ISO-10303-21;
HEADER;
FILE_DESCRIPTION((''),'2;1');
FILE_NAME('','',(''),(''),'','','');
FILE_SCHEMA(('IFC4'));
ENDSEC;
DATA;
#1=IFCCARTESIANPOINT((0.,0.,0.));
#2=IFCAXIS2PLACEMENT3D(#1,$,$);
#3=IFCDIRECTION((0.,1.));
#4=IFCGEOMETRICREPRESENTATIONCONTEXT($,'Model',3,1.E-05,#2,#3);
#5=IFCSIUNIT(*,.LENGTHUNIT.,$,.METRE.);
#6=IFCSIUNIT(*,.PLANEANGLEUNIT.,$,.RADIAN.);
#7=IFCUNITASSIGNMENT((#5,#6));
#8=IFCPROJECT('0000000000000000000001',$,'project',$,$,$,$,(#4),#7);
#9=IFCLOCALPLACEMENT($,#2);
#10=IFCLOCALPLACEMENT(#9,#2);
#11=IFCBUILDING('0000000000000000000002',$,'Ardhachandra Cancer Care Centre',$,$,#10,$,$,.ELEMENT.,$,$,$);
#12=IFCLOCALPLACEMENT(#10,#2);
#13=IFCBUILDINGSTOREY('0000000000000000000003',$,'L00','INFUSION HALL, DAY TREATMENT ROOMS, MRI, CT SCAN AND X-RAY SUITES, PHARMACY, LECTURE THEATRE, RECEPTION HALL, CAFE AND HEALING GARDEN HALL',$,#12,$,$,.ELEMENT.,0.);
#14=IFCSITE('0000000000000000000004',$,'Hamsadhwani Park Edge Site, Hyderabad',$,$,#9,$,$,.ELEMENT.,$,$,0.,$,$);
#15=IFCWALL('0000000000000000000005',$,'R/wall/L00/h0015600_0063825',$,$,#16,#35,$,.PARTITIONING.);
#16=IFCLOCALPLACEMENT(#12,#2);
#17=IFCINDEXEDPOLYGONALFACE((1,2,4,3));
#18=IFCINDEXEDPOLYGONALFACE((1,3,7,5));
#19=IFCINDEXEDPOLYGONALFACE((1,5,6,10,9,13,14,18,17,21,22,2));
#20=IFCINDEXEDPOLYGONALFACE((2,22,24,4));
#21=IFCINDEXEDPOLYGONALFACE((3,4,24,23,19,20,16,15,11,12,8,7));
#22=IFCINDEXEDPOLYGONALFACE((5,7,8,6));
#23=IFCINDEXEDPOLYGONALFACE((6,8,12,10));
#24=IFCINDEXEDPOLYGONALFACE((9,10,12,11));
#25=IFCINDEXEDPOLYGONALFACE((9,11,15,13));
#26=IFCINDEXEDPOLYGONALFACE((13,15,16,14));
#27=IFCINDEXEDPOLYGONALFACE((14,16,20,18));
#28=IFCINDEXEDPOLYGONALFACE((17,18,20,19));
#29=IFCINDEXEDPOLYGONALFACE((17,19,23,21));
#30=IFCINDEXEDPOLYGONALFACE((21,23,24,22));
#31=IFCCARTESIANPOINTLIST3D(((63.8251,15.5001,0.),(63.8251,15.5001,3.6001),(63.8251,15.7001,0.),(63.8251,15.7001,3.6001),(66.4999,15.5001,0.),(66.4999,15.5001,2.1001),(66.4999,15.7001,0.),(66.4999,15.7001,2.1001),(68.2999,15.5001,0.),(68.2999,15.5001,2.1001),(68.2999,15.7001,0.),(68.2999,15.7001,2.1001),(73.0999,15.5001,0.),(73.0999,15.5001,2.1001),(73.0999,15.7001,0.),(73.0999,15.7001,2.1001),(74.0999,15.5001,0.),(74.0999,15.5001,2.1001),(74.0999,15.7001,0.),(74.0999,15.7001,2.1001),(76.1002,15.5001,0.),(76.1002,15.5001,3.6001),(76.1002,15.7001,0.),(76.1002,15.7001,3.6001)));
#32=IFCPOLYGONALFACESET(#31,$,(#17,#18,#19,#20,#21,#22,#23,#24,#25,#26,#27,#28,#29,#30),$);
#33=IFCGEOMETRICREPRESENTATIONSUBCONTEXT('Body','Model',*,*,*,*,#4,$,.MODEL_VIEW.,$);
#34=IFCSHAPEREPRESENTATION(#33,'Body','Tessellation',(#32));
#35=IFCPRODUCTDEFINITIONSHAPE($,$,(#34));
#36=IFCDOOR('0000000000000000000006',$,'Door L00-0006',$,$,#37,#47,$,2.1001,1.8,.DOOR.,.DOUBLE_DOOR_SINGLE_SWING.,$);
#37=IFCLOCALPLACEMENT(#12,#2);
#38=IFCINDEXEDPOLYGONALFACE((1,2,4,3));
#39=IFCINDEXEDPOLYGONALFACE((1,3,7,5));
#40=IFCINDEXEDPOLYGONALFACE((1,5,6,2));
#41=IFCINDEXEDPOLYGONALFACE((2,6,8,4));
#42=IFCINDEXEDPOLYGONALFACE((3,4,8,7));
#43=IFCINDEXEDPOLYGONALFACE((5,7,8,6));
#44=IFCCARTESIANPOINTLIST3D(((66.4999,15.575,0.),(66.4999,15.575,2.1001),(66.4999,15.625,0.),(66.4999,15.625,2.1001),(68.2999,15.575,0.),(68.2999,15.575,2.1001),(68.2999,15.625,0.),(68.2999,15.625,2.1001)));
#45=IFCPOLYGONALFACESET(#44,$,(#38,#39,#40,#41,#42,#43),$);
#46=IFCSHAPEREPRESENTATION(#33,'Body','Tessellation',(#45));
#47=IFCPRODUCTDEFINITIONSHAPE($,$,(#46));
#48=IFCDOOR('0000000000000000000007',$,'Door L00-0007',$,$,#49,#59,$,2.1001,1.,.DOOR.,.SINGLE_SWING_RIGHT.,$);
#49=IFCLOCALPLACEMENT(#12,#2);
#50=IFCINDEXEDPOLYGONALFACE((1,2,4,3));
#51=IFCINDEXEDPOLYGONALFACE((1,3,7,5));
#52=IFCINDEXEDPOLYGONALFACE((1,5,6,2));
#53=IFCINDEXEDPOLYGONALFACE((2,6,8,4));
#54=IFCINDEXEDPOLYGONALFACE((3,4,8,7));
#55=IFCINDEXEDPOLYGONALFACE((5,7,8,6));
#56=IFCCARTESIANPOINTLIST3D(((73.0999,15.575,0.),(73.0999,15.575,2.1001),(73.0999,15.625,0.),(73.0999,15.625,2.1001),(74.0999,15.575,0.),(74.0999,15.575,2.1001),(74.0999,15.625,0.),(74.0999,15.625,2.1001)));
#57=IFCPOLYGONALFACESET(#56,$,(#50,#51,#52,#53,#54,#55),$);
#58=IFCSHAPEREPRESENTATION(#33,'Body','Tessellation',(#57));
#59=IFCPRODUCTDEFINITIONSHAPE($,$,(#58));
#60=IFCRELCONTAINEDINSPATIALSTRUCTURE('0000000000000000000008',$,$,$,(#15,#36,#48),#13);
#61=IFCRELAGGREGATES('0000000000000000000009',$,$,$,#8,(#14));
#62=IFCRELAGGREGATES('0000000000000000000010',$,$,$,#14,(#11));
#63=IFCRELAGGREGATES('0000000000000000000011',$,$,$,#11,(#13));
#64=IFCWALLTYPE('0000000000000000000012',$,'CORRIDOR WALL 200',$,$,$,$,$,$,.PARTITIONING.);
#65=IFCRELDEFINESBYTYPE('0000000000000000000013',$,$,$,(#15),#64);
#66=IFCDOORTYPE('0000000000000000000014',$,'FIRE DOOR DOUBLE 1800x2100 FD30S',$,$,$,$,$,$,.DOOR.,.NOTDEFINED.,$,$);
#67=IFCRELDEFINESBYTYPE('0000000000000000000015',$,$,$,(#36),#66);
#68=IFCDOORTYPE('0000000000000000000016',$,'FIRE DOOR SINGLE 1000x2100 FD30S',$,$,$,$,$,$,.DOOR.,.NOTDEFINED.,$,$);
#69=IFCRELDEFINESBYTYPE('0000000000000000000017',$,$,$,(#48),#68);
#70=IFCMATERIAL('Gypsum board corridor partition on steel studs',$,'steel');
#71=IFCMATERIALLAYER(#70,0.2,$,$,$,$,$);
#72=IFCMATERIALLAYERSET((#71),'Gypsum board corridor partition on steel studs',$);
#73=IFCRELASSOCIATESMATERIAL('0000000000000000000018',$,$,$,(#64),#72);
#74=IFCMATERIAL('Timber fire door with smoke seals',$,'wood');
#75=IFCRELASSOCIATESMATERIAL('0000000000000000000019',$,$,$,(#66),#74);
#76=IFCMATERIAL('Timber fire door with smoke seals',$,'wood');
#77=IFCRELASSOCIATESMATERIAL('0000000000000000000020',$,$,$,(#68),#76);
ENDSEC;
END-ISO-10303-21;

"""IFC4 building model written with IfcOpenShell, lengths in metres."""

from ifc_helpers import new_model, si_unit, direction, frame, frame_2d, origin, place, context, subcontext, project, spatial, rectangle, extrude, material, layer, layer_set, type_object, element, fill, save


model = new_model("IFC4")

# Units and contexts
model_context = context("Model", 3, precision=1e-05, world=origin(), true_north=direction((0.0, 1.0)))
body_context = subcontext(model_context, "Body", "Model", "MODEL_VIEW")
ifc_project = project(units=[si_unit("LENGTHUNIT", "METRE"), si_unit("PLANEANGLEUNIT", "RADIAN")], contexts=[model_context])

# Site, building, storey
site_placement = place(None, origin())
site = spatial("IfcSite", under=ifc_project, at=site_placement, Name="Hamsadhwani Park Edge Site, Hyderabad", CompositionType="ELEMENT", RefElevation=0.0)
building_placement = place(site_placement, origin())
building = spatial("IfcBuilding", under=site, at=building_placement, Name="Ardhachandra Cancer Care Centre", CompositionType="ELEMENT")
storey_placement = place(building_placement, origin())
storey = spatial("IfcBuildingStorey", under=building, at=storey_placement, Name="L00", Description="INFUSION HALL, DAY TREATMENT ROOMS, MRI, CT SCAN AND X-RAY SUITES, PHARMACY, LECTURE THEATRE, RECEPTION HALL, CAFE AND HEALING GARDEN HALL", CompositionType="ELEMENT", Elevation=0.0)

# Wall, openings, doors
ifc_material_1 = material(Name="Gypsum board corridor partition on steel studs", Category="steel")
ifc_layer_1 = layer(ifc_material_1, 0.2)
ifc_layer_set_1 = layer_set([ifc_layer_1], Name="Gypsum board corridor partition on steel studs")
wall_type = type_object("IfcWallType", Name="CORRIDOR WALL 200", PredefinedType="PARTITIONING", material=ifc_layer_set_1)
wall_placement = place(storey_placement, frame((63.825, 15.6001, 0.0), z_axis=(0.0, 0.0, 1.0), x_axis=(1.0, 0.0, 0.0)))
wall = element("IfcWall", 1, at=wall_placement, inside=storey, type_object=wall_type, Name="R/wall/L00/h0015600_0063825", PredefinedType="PARTITIONING", context=body_context, shape_type="SweptSolid", body=[
    extrude(rectangle(XDim=12.2751, YDim=0.2, at=frame_2d((6.1377, 0.0))), origin(), (0.0, 0.0, 1.0), 3.6001),
])
opening_1_placement = place(wall_placement, frame((2.675, 0.0, 0.0)))
opening_1 = element("IfcOpeningElement", 2, at=opening_1_placement, cuts=wall, PredefinedType="OPENING", context=body_context, shape_type="SweptSolid", body=[
    extrude(rectangle(XDim=1.8, YDim=2.1001, at=frame_2d((0.8999, 1.05))), frame((0.0, 0.1099, 0.0), z_axis=(0.0, -1.0, 0.0), x_axis=(1.0, 0.0, 0.0)), (0.0, 0.0, 1.0), 0.22),
])
opening_2_placement = place(wall_placement, frame((9.2749, 0.0, 0.0)))
opening_2 = element("IfcOpeningElement", 3, at=opening_2_placement, cuts=wall, PredefinedType="OPENING", context=body_context, shape_type="SweptSolid", body=[
    extrude(rectangle(XDim=1.0, YDim=2.1001, at=frame_2d((0.5, 1.05))), frame((0.0, 0.1099, 0.0), z_axis=(0.0, -1.0, 0.0), x_axis=(1.0, 0.0, 0.0)), (0.0, 0.0, 1.0), 0.22),
])
ifc_material_2 = material(Name="Timber fire door with smoke seals", Category="wood")
door_type_1 = type_object("IfcDoorType", Name="FIRE DOOR DOUBLE 1800x2100 FD30S", OperationType="NOTDEFINED", PredefinedType="DOOR", material=ifc_material_2)
door_1_placement = place(opening_1_placement, origin())
door_1 = element("IfcDoor", 4, at=door_1_placement, inside=storey, type_object=door_type_1, Name="Door L00-0006", OperationType="DOUBLE_DOOR_SINGLE_SWING", OverallHeight=2.1001, OverallWidth=1.8, PredefinedType="DOOR", context=body_context, shape_type="SweptSolid", body=[
    extrude(rectangle(XDim=1.8, YDim=2.1001, at=frame_2d((0.8999, 1.05))), frame((0.0, 0.0249, 0.0), z_axis=(0.0, -1.0, 0.0), x_axis=(1.0, 0.0, 0.0)), (0.0, 0.0, 1.0), 0.05),
])
fill(opening_1, door_1)
ifc_material_3 = material(Name="Timber fire door with smoke seals", Category="wood")
door_type_2 = type_object("IfcDoorType", Name="FIRE DOOR SINGLE 1000x2100 FD30S", OperationType="NOTDEFINED", PredefinedType="DOOR", material=ifc_material_3)
door_2_placement = place(opening_2_placement, origin())
door_2 = element("IfcDoor", 5, at=door_2_placement, inside=storey, type_object=door_type_2, Name="Door L00-0007", OperationType="SINGLE_SWING_RIGHT", OverallHeight=2.1001, OverallWidth=1.0, PredefinedType="DOOR", context=body_context, shape_type="SweptSolid", body=[
    extrude(rectangle(XDim=1.0, YDim=2.1001, at=frame_2d((0.5, 1.05))), frame((0.0, 0.0249, 0.0), z_axis=(0.0, -1.0, 0.0), x_axis=(1.0, 0.0, 0.0)), (0.0, 0.0, 1.0), 0.05),
])
fill(opening_2, door_2)

save(model, "model.ifc")
